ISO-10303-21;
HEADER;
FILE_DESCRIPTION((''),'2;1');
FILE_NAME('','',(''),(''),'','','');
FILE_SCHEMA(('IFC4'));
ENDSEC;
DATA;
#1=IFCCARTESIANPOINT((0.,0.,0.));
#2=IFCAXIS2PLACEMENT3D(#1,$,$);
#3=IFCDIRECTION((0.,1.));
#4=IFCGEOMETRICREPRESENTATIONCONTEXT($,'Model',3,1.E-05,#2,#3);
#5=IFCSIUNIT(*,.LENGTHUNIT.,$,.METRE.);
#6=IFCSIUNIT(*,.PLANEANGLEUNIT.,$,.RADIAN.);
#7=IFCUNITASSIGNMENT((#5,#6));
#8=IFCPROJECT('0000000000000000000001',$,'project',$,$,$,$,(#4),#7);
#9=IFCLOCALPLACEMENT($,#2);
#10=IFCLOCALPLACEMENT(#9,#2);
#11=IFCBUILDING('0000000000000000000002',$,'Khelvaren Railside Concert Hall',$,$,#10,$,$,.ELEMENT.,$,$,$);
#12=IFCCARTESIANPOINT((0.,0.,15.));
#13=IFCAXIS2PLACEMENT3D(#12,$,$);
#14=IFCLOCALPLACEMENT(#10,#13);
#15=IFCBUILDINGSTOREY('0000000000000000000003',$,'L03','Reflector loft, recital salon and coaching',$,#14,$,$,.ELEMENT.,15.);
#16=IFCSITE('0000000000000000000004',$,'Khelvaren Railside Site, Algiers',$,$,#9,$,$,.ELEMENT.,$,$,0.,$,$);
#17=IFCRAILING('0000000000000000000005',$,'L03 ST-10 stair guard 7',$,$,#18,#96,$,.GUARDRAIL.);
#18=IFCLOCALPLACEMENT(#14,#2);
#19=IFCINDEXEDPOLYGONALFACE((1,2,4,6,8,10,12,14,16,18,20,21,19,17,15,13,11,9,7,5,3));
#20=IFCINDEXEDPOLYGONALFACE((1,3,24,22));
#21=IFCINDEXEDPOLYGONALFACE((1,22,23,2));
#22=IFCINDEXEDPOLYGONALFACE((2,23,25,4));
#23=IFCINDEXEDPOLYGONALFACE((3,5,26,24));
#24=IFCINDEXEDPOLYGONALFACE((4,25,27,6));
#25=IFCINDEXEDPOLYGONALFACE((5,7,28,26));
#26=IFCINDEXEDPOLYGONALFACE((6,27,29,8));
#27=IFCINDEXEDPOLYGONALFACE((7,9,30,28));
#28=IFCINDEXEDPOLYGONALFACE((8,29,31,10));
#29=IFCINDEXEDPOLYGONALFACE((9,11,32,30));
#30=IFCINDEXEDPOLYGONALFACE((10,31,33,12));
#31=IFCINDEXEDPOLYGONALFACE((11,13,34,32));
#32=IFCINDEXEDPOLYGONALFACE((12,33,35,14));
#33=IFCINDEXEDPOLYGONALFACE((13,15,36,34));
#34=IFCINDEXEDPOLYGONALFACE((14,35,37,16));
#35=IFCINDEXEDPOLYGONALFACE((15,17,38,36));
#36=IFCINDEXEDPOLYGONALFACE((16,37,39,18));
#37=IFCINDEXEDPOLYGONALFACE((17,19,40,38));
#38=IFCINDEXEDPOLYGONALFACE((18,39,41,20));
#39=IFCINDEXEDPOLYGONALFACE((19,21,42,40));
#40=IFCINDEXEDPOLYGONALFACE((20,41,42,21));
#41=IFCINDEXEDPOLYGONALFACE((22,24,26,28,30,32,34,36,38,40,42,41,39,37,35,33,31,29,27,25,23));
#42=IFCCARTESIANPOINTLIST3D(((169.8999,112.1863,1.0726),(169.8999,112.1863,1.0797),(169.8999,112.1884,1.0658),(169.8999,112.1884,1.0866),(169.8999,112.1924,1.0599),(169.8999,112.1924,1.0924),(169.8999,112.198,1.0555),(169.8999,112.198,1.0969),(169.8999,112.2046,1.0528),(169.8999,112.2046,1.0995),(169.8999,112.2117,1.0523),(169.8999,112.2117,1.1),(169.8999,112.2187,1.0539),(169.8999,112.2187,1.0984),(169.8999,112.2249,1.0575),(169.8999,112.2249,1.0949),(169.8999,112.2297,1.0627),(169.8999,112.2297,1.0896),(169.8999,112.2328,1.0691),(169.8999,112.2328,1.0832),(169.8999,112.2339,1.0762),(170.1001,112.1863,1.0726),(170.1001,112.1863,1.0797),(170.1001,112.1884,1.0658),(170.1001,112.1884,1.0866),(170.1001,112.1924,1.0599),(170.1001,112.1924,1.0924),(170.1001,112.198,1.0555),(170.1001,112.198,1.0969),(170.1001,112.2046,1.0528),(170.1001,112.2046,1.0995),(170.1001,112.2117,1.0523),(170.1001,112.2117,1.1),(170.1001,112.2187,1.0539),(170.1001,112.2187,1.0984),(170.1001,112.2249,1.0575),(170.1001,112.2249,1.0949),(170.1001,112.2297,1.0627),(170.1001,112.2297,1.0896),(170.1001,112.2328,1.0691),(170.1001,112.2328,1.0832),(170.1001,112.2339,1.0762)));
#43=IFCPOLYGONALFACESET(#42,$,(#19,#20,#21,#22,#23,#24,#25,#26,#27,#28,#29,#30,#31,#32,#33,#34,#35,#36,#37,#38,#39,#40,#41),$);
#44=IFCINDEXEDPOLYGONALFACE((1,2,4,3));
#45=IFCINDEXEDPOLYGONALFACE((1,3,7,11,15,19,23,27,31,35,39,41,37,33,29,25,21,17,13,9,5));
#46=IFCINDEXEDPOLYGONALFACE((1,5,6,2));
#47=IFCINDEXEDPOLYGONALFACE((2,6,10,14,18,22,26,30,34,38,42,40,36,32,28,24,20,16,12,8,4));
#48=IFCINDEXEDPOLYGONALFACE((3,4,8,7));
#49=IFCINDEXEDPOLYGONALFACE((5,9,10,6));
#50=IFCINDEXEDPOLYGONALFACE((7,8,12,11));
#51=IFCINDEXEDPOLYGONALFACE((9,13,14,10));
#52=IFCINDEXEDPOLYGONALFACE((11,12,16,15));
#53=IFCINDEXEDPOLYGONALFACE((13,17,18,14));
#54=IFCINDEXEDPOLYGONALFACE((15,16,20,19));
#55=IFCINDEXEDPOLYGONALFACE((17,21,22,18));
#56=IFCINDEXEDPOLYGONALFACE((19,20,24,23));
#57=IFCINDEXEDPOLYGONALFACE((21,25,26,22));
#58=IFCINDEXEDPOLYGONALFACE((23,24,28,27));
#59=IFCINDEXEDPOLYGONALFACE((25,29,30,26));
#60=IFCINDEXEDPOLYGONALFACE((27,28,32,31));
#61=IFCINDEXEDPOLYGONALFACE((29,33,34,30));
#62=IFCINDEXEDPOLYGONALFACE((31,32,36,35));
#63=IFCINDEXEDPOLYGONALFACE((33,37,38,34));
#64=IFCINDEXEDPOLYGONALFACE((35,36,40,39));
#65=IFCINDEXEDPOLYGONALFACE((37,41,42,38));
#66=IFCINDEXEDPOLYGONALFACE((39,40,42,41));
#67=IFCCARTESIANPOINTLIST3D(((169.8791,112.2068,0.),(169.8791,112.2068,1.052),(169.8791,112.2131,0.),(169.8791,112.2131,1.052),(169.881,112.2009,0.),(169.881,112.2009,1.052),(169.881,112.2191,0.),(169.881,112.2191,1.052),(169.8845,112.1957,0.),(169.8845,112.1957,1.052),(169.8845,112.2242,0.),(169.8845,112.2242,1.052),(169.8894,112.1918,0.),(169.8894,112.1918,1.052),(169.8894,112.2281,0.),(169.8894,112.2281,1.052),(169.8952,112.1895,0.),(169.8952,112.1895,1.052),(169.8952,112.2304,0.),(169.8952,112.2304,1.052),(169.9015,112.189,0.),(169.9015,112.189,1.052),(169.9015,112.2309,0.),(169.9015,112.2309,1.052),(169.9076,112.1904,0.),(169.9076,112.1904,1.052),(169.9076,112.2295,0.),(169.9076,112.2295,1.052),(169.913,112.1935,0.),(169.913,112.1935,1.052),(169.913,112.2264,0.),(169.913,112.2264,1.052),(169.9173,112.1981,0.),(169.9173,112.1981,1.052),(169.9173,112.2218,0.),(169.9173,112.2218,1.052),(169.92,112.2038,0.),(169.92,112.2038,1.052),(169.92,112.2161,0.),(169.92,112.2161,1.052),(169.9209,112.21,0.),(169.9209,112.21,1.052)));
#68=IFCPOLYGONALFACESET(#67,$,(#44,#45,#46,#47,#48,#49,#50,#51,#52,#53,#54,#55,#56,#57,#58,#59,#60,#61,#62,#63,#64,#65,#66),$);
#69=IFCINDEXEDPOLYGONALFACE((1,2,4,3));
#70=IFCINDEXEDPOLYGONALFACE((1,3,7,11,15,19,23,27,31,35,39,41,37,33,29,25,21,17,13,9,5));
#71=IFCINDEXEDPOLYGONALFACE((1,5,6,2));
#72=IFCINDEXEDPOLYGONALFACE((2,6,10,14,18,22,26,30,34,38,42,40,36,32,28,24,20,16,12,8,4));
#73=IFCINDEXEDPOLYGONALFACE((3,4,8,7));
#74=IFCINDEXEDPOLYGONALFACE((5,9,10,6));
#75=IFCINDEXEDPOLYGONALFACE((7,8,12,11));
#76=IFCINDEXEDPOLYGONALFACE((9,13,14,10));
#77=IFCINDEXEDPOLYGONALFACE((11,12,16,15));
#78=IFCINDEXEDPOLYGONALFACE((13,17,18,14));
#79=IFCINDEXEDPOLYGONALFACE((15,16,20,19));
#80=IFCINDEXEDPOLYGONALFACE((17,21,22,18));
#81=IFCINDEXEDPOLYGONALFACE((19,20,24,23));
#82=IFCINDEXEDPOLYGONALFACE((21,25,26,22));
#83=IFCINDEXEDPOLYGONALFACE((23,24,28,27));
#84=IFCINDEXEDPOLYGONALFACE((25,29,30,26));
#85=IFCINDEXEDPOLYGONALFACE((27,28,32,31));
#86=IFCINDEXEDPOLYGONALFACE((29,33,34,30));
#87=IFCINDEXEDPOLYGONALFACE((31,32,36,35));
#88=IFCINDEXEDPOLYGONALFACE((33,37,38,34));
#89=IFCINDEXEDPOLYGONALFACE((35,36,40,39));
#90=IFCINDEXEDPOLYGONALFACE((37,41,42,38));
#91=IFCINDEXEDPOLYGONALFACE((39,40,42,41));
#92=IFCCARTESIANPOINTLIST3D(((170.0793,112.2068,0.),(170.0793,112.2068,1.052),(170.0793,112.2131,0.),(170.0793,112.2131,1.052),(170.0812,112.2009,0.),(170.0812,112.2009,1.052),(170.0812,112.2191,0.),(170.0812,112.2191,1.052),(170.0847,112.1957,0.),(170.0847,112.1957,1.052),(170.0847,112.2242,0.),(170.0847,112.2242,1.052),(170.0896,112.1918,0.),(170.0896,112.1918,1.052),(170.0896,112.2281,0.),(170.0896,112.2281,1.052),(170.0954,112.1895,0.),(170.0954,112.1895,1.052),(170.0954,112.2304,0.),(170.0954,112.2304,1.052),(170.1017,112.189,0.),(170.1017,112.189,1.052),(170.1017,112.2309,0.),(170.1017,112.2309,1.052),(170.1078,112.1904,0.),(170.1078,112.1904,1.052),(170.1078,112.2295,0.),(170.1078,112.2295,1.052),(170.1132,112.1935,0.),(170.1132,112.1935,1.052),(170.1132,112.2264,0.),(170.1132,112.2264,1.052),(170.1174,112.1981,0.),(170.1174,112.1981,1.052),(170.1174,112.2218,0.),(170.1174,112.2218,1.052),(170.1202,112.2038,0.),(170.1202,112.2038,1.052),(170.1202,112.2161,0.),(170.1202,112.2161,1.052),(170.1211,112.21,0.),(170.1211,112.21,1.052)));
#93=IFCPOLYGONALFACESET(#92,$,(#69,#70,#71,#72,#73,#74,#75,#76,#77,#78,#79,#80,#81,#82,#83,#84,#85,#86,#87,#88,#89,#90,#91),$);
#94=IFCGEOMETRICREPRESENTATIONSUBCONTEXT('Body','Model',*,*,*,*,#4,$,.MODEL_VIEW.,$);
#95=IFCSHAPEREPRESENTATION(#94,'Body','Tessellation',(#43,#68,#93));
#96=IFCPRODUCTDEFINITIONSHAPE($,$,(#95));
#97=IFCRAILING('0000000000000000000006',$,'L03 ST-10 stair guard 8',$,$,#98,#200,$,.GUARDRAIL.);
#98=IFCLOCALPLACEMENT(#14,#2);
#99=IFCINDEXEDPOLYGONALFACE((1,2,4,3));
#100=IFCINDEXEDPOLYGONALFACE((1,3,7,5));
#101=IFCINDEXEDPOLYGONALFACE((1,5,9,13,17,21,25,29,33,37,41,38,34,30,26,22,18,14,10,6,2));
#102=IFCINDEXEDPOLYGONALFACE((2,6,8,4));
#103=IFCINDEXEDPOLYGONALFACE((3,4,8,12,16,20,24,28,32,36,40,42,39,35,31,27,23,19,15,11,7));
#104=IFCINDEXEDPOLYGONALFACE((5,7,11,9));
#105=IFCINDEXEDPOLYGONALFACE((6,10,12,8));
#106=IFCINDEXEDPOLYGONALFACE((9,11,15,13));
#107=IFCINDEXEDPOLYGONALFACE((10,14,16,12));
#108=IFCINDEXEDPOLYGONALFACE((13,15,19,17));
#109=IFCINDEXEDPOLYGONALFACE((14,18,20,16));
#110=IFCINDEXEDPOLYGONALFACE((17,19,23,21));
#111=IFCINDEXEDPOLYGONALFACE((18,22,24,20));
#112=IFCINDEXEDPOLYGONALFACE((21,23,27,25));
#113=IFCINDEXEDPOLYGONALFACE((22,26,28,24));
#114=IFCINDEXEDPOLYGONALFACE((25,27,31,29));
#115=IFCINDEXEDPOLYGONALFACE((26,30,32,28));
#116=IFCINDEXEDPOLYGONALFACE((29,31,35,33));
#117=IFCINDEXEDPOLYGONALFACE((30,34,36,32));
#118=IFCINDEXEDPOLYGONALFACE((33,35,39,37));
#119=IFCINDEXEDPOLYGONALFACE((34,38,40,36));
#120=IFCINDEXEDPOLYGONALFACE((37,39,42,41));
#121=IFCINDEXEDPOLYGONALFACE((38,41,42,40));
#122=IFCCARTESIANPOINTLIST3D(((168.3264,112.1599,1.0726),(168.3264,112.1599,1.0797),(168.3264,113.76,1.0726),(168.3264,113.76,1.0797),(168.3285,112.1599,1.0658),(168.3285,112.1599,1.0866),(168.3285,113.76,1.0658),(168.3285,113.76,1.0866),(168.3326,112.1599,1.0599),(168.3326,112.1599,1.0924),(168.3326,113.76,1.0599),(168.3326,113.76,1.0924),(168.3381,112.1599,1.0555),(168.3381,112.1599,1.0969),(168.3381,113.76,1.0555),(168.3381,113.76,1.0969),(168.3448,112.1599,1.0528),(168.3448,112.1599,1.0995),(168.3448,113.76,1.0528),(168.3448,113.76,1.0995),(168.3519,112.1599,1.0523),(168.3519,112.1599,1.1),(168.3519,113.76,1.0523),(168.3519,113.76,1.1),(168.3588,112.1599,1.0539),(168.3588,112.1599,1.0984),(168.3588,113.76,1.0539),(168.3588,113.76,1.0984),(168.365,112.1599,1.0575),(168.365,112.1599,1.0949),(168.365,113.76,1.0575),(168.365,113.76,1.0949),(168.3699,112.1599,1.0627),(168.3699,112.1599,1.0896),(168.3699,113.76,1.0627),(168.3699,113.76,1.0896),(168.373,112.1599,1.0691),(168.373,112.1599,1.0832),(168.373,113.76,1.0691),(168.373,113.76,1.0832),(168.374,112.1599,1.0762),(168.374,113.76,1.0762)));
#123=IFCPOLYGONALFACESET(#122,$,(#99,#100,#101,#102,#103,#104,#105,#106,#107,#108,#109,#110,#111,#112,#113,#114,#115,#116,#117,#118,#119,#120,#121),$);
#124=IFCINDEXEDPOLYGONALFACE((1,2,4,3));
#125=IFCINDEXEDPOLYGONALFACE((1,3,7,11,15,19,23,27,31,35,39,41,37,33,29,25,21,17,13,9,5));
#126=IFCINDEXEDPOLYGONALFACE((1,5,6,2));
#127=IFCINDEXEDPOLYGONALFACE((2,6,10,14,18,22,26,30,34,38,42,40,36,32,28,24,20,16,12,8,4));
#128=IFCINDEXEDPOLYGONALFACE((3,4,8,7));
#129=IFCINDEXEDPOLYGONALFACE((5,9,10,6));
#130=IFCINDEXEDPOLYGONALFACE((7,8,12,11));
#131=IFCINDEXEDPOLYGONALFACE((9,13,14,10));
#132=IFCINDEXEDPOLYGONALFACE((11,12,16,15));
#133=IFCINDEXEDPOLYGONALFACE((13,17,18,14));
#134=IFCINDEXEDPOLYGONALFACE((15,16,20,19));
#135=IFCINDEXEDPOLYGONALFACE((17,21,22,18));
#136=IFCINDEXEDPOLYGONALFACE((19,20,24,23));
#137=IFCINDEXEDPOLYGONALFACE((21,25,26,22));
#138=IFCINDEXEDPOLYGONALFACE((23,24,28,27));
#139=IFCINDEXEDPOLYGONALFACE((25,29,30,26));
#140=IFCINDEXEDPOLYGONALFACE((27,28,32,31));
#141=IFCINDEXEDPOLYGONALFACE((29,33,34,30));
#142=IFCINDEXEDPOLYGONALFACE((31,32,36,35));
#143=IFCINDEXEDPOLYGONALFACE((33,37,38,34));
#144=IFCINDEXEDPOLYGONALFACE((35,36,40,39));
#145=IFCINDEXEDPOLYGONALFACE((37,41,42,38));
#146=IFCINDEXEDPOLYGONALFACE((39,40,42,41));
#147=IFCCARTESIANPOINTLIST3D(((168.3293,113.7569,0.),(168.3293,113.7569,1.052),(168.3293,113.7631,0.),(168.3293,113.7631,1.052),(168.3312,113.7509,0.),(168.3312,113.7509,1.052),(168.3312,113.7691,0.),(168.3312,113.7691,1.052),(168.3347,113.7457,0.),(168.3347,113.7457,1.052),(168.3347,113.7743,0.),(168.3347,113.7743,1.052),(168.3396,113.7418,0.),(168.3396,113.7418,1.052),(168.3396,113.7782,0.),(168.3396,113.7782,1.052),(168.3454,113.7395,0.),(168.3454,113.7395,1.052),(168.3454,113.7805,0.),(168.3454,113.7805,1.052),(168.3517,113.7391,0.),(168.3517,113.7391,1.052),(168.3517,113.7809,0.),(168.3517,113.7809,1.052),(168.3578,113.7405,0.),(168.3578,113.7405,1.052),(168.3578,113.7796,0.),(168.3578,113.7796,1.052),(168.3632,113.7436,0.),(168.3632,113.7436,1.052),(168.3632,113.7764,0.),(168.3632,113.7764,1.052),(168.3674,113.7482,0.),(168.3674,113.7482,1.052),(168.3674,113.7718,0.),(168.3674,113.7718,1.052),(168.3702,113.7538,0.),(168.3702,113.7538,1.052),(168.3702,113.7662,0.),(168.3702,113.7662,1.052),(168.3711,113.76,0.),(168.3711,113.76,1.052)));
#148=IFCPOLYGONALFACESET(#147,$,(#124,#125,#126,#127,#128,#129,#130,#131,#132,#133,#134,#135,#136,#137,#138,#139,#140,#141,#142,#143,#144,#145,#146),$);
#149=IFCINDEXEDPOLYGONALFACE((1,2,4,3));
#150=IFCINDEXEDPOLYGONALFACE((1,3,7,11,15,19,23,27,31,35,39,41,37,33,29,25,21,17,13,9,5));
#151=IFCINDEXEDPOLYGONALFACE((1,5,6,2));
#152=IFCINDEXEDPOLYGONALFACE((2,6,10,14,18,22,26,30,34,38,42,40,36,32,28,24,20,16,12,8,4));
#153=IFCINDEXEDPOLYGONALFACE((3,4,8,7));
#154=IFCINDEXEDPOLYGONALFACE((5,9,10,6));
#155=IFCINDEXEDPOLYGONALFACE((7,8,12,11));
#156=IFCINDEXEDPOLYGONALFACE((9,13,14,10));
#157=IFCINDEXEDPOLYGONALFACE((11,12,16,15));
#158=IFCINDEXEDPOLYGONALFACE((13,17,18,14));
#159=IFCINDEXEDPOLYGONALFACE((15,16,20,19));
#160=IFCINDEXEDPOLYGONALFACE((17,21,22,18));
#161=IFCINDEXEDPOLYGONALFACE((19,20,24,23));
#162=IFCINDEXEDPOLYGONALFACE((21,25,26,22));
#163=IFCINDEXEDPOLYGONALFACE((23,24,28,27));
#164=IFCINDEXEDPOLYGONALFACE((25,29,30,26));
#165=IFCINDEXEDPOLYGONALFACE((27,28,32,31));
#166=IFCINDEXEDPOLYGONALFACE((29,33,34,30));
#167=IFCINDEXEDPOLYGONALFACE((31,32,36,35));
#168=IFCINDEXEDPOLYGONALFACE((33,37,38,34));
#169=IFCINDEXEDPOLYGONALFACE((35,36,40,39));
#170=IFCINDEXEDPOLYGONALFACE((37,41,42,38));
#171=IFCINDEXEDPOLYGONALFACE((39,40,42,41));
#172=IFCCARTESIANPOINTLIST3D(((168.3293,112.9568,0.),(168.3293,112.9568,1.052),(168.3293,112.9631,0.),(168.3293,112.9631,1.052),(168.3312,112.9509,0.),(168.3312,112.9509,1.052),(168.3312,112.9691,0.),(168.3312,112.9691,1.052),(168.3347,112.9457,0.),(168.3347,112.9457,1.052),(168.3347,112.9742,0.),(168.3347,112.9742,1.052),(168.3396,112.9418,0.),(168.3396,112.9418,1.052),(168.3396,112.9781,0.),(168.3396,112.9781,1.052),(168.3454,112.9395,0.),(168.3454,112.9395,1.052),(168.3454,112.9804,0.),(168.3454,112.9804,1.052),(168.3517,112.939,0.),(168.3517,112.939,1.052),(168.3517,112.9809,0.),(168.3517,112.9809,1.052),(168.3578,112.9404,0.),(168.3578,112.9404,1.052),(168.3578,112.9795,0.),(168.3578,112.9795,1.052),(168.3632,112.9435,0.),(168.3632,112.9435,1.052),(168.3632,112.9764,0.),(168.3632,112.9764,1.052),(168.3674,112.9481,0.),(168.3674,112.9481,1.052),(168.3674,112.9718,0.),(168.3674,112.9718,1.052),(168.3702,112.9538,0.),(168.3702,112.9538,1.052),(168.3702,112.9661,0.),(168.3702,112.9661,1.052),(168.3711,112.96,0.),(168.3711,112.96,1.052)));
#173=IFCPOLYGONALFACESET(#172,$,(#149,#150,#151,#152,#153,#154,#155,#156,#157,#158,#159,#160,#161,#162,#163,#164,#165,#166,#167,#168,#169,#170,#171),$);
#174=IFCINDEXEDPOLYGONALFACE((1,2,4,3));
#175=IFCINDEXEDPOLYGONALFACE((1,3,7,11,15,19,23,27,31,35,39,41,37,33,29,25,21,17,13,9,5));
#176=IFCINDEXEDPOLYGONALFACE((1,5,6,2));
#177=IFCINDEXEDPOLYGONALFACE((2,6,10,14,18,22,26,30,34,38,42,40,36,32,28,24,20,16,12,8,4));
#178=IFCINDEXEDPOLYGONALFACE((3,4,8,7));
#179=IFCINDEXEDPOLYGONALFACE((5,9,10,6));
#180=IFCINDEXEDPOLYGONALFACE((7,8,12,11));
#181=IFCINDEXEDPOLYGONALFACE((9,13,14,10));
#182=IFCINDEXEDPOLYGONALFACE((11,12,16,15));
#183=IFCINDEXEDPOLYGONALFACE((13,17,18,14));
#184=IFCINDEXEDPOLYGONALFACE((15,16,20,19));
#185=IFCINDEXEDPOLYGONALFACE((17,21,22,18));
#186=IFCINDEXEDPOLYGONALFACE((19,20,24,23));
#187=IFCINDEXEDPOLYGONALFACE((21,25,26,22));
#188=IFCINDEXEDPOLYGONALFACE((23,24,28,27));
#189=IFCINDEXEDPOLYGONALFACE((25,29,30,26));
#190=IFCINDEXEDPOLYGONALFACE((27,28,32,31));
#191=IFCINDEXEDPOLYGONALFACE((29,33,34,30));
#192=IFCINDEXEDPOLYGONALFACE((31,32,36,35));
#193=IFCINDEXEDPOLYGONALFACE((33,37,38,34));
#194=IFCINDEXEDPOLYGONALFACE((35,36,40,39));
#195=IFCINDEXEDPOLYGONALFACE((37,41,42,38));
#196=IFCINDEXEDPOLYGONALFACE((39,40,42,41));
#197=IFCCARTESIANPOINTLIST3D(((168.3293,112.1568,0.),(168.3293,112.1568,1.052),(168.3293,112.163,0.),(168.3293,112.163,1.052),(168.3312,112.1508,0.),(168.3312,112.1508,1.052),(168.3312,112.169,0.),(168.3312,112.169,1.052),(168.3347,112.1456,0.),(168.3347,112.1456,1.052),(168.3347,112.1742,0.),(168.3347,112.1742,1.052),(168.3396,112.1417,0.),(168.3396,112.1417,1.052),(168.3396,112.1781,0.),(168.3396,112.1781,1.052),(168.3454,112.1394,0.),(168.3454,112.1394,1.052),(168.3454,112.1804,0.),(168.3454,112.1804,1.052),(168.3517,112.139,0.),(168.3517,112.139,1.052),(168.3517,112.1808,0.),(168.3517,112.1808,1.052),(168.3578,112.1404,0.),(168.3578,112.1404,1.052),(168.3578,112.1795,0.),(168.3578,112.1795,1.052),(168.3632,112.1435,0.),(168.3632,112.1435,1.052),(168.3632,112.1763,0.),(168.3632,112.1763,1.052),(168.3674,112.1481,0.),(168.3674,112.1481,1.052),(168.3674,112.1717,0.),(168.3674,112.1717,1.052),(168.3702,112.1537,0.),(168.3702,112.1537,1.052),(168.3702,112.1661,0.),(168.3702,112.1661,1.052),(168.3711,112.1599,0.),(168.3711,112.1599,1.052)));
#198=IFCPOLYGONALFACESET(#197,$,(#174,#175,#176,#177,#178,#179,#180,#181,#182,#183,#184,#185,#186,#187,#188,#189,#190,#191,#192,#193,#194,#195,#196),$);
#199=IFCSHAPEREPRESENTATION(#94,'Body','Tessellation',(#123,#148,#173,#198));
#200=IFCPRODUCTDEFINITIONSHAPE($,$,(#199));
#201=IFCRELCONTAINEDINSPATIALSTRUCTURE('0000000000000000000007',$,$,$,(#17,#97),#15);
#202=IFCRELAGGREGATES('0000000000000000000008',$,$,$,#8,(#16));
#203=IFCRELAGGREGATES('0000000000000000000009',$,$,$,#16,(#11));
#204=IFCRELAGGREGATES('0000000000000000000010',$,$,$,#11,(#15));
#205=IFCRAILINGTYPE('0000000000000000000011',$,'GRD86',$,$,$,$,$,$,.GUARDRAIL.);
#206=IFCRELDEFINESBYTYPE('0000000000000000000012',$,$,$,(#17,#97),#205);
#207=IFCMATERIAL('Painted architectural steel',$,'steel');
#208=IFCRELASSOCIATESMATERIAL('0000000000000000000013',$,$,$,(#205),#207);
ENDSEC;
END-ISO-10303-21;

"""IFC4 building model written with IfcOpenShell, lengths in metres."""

from ifc_helpers import new_model, si_unit, direction, frame, origin, origin_2d, place, context, subcontext, project, spatial, circle, extrude, material, type_object, element, save


model = new_model("IFC4")

# Units and contexts
model_context = context("Model", 3, precision=1e-05, world=origin(), true_north=direction((0.0, 1.0)))
body_context = subcontext(model_context, "Body", "Model", "MODEL_VIEW")
ifc_project = project(units=[si_unit("LENGTHUNIT", "METRE"), si_unit("PLANEANGLEUNIT", "RADIAN")], contexts=[model_context])

# Site, building, storey
site_placement = place(None, origin())
site = spatial("IfcSite", under=ifc_project, at=site_placement, Name="Khelvaren Railside Site, Algiers", CompositionType="ELEMENT", RefElevation=0.0)
building_placement = place(site_placement, origin())
building = spatial("IfcBuilding", under=site, at=building_placement, Name="Khelvaren Railside Concert Hall", CompositionType="ELEMENT")
storey_placement = place(building_placement, frame((0.0, 0.0, 15.0)))
storey = spatial("IfcBuildingStorey", under=building, at=storey_placement, Name="L03", Description="Reflector loft, recital salon and coaching", CompositionType="ELEMENT", Elevation=15.0)

# Railings
ifc_material_1 = material(Name="Painted architectural steel", Category="steel")
railing_type_1 = type_object("IfcRailingType", Name="GRD86", PredefinedType="GUARDRAIL", material=ifc_material_1)
railing_1_placement = place(storey_placement, frame((169.8999, 112.21, 0.0)))
element("IfcRailing", 1, at=railing_1_placement, inside=storey, type_object=railing_type_1, Name="L03 ST-10 stair guard 7", PredefinedType="GUARDRAIL", context=body_context, shape_type="SweptSolid", body=[
    extrude(circle(Radius=0.0239, at=origin_2d()), frame((0.0, 0.0, 1.0762), z_axis=(1.0, 0.0, 0.0), x_axis=(0.0, 1.0, 0.0)), (0.0, 0.0, 1.0), 0.2002),
    extrude(circle(Radius=0.021, at=origin_2d()), origin(), (0.0, 0.0, 1.0), 1.052),
    extrude(circle(Radius=0.021, at=origin_2d()), frame((0.2002, 0.0, 0.0)), (0.0, 0.0, 1.0), 1.052),
])
for number, where, name in (
    (2, (168.3501, 113.76, 0.0), "L03 ST-10 stair guard 8"),
):
    element("IfcRailing", number, at=place(storey_placement, frame(where)), inside=storey, type_object=railing_type_1, Name=name, PredefinedType="GUARDRAIL", context=body_context, shape_type="SweptSolid", body=[
        extrude(circle(Radius=0.0239, at=origin_2d()), frame((0.0, 0.0, 1.0762), z_axis=(0.0, -1.0, 0.0), x_axis=(1.0, 0.0, 0.0)), (0.0, 0.0, 1.0), 1.6001),
        extrude(circle(Radius=0.021, at=origin_2d()), origin(), (0.0, 0.0, 1.0), 1.052),
        extrude(circle(Radius=0.021, at=origin_2d()), frame((0.0, -0.8, 0.0)), (0.0, 0.0, 1.0), 1.052),
        extrude(circle(Radius=0.021, at=origin_2d()), frame((0.0, -1.6001, 0.0)), (0.0, 0.0, 1.0), 1.052),
    ])

save(model, "model.ifc")
